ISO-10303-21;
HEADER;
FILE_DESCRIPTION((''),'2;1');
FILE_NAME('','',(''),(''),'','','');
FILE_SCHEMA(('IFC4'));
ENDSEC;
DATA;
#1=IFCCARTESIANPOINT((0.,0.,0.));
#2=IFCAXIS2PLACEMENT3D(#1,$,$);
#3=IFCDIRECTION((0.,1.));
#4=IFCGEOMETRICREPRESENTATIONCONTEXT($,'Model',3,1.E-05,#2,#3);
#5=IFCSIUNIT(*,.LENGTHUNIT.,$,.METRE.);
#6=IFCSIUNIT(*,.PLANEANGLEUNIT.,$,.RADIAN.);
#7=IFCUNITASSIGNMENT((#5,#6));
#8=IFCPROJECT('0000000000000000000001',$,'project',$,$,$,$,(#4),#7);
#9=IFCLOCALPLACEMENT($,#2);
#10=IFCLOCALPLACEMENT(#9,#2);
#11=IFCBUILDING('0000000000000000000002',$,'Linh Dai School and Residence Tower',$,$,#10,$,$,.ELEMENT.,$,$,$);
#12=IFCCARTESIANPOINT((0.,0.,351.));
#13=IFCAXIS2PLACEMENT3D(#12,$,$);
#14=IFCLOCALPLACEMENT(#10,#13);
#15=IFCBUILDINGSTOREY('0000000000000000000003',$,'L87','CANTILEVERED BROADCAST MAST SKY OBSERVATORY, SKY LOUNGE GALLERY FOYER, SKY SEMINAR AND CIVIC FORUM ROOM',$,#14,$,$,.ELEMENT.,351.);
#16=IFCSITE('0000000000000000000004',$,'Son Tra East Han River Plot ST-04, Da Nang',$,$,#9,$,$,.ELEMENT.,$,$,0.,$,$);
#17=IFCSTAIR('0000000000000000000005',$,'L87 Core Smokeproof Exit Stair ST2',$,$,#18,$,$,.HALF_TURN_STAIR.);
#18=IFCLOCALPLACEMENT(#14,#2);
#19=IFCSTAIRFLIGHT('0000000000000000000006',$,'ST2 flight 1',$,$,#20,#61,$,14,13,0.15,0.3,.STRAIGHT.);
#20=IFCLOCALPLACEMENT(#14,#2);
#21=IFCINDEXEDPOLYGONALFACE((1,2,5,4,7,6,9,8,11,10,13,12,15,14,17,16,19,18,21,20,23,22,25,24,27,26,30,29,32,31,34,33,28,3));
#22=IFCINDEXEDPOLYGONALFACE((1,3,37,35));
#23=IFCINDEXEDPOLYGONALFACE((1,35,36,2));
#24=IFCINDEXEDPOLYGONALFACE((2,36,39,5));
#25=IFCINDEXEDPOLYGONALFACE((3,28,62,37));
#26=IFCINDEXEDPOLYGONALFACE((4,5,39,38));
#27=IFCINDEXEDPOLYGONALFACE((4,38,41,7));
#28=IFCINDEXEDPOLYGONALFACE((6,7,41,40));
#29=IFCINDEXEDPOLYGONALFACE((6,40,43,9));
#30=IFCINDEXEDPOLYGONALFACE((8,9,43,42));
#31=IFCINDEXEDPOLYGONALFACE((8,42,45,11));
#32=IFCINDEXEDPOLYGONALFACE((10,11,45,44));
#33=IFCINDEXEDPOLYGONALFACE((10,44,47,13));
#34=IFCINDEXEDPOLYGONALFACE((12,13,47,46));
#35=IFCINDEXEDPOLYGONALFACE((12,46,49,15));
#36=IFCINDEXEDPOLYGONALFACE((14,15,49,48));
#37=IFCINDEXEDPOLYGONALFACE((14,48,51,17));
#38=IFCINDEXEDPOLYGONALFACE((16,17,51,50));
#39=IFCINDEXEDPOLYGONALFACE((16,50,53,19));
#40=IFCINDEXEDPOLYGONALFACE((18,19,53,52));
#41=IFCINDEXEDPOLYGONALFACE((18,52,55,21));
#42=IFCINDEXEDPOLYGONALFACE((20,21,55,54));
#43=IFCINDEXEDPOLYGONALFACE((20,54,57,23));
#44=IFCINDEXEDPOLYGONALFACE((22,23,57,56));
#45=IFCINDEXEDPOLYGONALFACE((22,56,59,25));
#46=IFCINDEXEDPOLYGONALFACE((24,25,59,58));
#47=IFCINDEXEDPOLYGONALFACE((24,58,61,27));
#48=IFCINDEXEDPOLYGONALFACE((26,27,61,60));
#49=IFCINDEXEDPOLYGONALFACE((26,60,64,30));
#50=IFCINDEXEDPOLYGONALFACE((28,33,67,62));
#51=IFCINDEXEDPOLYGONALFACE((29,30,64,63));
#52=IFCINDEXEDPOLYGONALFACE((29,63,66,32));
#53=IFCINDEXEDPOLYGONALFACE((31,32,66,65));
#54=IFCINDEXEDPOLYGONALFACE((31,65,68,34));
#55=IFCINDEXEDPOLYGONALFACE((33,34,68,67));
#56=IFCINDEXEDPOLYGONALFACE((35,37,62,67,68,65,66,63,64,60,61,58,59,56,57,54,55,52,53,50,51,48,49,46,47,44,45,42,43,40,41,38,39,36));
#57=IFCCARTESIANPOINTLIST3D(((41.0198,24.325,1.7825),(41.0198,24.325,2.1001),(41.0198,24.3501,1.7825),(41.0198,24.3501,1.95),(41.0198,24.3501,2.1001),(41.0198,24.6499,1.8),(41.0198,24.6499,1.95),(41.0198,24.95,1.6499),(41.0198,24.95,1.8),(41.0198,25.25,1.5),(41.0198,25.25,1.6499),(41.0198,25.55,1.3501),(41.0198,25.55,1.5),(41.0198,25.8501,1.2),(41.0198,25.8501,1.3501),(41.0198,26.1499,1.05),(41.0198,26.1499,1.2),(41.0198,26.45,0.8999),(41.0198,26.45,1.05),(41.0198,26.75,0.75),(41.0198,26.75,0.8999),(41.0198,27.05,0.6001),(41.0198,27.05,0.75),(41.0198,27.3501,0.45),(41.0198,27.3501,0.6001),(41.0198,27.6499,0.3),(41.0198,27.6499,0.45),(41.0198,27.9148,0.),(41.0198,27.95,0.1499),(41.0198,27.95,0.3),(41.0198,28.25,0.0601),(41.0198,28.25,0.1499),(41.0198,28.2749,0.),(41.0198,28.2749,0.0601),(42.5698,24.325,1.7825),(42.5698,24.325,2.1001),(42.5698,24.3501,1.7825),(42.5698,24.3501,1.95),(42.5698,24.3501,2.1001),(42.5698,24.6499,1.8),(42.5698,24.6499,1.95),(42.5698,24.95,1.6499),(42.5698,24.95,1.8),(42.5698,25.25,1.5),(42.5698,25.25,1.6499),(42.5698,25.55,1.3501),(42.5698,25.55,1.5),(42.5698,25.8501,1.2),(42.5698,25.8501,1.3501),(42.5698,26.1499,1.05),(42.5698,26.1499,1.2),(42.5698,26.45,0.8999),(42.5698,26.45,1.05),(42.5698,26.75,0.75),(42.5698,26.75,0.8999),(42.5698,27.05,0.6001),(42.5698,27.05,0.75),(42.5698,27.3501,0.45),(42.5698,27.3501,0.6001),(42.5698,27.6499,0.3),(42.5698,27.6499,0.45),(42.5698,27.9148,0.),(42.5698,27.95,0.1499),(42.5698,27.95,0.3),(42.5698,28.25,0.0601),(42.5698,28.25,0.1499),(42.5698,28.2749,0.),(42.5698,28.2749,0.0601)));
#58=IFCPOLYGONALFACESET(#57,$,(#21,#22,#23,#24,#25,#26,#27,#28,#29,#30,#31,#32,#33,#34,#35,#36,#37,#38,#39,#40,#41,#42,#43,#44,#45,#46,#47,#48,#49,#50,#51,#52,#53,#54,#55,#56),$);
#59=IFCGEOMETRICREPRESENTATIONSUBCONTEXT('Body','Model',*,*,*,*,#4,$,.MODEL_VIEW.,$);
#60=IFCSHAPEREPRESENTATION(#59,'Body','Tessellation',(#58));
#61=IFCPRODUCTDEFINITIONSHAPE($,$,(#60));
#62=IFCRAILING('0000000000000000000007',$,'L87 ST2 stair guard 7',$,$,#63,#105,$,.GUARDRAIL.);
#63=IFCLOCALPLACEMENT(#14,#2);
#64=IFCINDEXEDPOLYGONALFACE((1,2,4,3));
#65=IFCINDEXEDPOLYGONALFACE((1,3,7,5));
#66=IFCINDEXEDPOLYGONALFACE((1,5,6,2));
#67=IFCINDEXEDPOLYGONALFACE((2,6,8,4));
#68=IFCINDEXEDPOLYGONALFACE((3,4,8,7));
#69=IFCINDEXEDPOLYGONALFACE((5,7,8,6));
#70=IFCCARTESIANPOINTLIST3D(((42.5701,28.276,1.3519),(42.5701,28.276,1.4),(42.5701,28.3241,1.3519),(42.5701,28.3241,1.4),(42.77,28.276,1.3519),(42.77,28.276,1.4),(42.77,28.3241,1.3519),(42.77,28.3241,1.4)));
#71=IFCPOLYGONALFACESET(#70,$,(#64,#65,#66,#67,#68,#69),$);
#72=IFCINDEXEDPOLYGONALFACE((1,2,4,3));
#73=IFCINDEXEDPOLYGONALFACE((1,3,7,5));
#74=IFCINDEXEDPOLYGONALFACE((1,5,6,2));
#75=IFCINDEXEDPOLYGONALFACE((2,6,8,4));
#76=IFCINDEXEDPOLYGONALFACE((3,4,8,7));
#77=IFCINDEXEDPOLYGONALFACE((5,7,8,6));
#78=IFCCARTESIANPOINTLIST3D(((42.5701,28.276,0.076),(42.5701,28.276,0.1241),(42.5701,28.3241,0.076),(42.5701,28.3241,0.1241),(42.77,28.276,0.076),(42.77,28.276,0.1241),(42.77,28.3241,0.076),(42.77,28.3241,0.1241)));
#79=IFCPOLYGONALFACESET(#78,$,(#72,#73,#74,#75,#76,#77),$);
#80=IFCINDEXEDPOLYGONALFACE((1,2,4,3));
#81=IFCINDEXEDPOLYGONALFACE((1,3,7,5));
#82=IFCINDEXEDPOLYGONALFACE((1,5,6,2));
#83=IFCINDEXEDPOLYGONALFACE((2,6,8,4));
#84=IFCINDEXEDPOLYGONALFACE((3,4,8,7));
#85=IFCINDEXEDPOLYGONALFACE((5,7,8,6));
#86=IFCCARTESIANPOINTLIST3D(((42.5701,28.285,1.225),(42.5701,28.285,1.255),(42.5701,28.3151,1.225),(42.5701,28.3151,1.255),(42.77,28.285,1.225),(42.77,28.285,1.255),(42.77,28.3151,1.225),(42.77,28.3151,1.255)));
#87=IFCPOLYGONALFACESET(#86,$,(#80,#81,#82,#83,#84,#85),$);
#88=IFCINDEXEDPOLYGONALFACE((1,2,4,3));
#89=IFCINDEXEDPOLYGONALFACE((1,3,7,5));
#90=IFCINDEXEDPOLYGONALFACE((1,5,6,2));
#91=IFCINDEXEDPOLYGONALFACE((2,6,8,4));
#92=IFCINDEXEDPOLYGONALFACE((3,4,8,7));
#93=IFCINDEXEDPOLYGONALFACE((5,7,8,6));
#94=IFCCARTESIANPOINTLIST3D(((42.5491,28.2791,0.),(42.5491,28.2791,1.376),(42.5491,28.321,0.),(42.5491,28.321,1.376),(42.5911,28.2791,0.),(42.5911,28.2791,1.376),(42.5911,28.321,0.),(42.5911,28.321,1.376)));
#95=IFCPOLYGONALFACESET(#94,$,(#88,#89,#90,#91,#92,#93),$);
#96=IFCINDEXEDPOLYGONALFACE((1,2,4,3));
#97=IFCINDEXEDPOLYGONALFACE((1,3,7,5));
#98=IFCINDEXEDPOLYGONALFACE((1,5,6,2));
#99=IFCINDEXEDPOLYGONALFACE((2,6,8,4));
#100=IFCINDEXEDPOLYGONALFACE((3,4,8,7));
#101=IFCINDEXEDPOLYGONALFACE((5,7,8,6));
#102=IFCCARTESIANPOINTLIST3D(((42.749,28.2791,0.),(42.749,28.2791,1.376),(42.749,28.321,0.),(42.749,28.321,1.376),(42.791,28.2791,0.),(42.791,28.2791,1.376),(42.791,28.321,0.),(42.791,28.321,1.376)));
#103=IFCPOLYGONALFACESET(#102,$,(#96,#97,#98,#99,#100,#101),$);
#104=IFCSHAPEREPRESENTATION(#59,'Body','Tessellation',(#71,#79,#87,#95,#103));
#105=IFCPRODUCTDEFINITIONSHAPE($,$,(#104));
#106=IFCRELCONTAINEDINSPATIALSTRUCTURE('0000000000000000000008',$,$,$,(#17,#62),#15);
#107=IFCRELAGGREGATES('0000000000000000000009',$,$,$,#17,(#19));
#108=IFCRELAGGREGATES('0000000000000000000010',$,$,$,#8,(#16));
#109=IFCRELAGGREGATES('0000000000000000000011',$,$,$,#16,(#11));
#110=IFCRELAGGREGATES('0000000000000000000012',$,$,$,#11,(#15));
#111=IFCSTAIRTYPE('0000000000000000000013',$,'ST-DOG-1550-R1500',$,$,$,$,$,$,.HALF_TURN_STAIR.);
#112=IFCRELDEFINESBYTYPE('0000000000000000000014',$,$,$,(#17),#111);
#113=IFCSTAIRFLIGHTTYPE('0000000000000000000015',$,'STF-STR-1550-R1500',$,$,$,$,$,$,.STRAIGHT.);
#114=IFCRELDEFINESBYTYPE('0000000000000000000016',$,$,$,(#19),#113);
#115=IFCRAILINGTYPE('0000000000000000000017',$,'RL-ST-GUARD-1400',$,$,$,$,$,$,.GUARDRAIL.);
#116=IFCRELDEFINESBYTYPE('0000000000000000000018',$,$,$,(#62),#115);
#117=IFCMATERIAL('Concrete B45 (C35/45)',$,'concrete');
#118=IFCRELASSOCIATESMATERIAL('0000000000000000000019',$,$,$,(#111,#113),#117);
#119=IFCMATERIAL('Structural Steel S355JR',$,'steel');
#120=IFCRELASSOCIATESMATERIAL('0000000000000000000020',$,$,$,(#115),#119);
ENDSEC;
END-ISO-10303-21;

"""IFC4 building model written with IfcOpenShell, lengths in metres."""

from ifc_helpers import new_model, si_unit, direction, frame, origin, origin_2d, place, context, subcontext, project, spatial, polyline, rectangle, outline, extrude, source, transform, mapped, material, type_object, element, aggregate, save


model = new_model("IFC4")

# Units and contexts
model_context = context("Model", 3, precision=1e-05, world=origin(), true_north=direction((0.0, 1.0)))
body_context = subcontext(model_context, "Body", "Model", "MODEL_VIEW")
ifc_project = project(units=[si_unit("LENGTHUNIT", "METRE"), si_unit("PLANEANGLEUNIT", "RADIAN")], contexts=[model_context])

# Site, building, storey
site_placement = place(None, origin())
site = spatial("IfcSite", under=ifc_project, at=site_placement, Name="Son Tra East Han River Plot ST-04, Da Nang", CompositionType="ELEMENT", RefElevation=0.0)
building_placement = place(site_placement, origin())
building = spatial("IfcBuilding", under=site, at=building_placement, Name="Linh Dai School and Residence Tower", CompositionType="ELEMENT")
storey_placement = place(building_placement, frame((0.0, 0.0, 351.0)))
storey = spatial("IfcBuildingStorey", under=building, at=storey_placement, Name="L87", Description="CANTILEVERED BROADCAST MAST SKY OBSERVATORY, SKY LOUNGE GALLERY FOYER, SKY SEMINAR AND CIVIC FORUM ROOM", CompositionType="ELEMENT", Elevation=351.0)

# Shared definitions
ifc_material_1 = material(Name="Structural Steel S355JR", Category="steel")

# Shared definitions
ifc_material_2 = material(Name="Concrete B45 (C35/45)", Category="concrete")

# Stair, stair flight
stair_type = type_object("IfcStairType", Name="ST-DOG-1550-R1500", PredefinedType="HALF_TURN_STAIR", material=ifc_material_2)
stair_placement = place(storey_placement, origin())
stair = element("IfcStair", 1, at=stair_placement, inside=storey, type_object=stair_type, Name="L87 Core Smokeproof Exit Stair ST2", PredefinedType="HALF_TURN_STAIR")
stair_flight_type = type_object("IfcStairFlightType", Name="STF-STR-1550-R1500", PredefinedType="STRAIGHT", material=ifc_material_2)
shared_shape_1 = source(origin(), body_context, "Body", "SweptSolid", [
    extrude(outline(polyline([(-0.0249, 0.0), (-0.0249, 0.0601), (0.0, 0.0601), (0.0, 0.1499), (0.3, 0.1499), (0.3, 0.3), (0.6001, 0.3), (0.6001, 0.45), (0.8999, 0.45), (0.8999, 0.6001), (1.2, 0.6001), (1.2, 0.75), (1.5, 0.75), (1.5, 0.8999), (1.8, 0.8999), (1.8, 1.05), (2.1001, 1.05), (2.1001, 1.2), (2.3999, 1.2), (2.3999, 1.3501), (2.7, 1.3501), (2.7, 1.5), (3.0, 1.5), (3.0, 1.6499), (3.3, 1.6499), (3.3, 1.8), (3.6001, 1.8), (3.6001, 1.95), (3.8999, 1.95), (3.8999, 2.1001), (3.925, 2.1001), (3.925, 1.7825), (3.8999, 1.7825), (0.3352, 0.0), (-0.0249, 0.0)])), frame((0.0, 0.7749, 0.0), z_axis=(0.0, -1.0, 0.0), x_axis=(1.0, 0.0, 0.0)), (0.0, 0.0, 1.0), 1.55),
])
stair_flight_placement = place(storey_placement, frame((41.7949, 28.25, 0.0), z_axis=(0.0, 0.0, 1.0), x_axis=(0.0, -1.0, 0.0)))
stair_flight = element("IfcStairFlight", 2, at=stair_flight_placement, type_object=stair_flight_type, Name="ST2 flight 1", NumberOfRisers=14, NumberOfTreads=13, PredefinedType="STRAIGHT", RiserHeight=0.15, TreadLength=0.3, context=body_context, shape_type="MappedRepresentation", body=[
    mapped(shared_shape_1, transform((0.0, 0.0, 0.0), x_axis=(1.0, 0.0, 0.0), y_axis=(0.0, 1.0, 0.0), z_axis=(0.0, 0.0, 1.0), scale=1.0)),
])
aggregate(stair, [stair_flight])

# Railing
railing_type_1 = type_object("IfcRailingType", Name="RL-ST-GUARD-1400", PredefinedType="GUARDRAIL", material=ifc_material_1)
shared_shape_2 = source(origin(), body_context, "Body", "SweptSolid", [
    extrude(rectangle(XDim=0.0481, YDim=0.0481, at=origin_2d()), frame((0.0, 0.0, 1.376), z_axis=(1.0, 0.0, 0.0), x_axis=(0.0, 1.0, 0.0)), (0.0, 0.0, 1.0), 0.2),
    extrude(rectangle(XDim=0.0481, YDim=0.0481, at=origin_2d()), frame((0.0, 0.0, 0.1001), z_axis=(1.0, 0.0, 0.0), x_axis=(0.0, 1.0, 0.0)), (0.0, 0.0, 1.0), 0.2),
    extrude(rectangle(XDim=0.03, YDim=0.03, at=origin_2d()), frame((0.0, 0.0, 1.24), z_axis=(1.0, 0.0, 0.0), x_axis=(0.0, 1.0, 0.0)), (0.0, 0.0, 1.0), 0.2),
    extrude(rectangle(XDim=0.042, YDim=0.042, at=origin_2d()), origin(), (0.0, 0.0, 1.0), 1.376),
    extrude(rectangle(XDim=0.042, YDim=0.042, at=origin_2d()), frame((0.2, 0.0, 0.0)), (0.0, 0.0, 1.0), 1.376),
])
railing_1_placement = place(storey_placement, frame((42.5701, 28.3, 0.0)))
element("IfcRailing", 3, at=railing_1_placement, inside=storey, type_object=railing_type_1, Name="L87 ST2 stair guard 7", PredefinedType="GUARDRAIL", context=body_context, shape_type="MappedRepresentation", body=[
    mapped(shared_shape_2, transform((0.0, 0.0, 0.0), x_axis=(1.0, 0.0, 0.0), y_axis=(0.0, 1.0, 0.0), z_axis=(0.0, 0.0, 1.0), scale=1.0)),
])

save(model, "model.ifc")
